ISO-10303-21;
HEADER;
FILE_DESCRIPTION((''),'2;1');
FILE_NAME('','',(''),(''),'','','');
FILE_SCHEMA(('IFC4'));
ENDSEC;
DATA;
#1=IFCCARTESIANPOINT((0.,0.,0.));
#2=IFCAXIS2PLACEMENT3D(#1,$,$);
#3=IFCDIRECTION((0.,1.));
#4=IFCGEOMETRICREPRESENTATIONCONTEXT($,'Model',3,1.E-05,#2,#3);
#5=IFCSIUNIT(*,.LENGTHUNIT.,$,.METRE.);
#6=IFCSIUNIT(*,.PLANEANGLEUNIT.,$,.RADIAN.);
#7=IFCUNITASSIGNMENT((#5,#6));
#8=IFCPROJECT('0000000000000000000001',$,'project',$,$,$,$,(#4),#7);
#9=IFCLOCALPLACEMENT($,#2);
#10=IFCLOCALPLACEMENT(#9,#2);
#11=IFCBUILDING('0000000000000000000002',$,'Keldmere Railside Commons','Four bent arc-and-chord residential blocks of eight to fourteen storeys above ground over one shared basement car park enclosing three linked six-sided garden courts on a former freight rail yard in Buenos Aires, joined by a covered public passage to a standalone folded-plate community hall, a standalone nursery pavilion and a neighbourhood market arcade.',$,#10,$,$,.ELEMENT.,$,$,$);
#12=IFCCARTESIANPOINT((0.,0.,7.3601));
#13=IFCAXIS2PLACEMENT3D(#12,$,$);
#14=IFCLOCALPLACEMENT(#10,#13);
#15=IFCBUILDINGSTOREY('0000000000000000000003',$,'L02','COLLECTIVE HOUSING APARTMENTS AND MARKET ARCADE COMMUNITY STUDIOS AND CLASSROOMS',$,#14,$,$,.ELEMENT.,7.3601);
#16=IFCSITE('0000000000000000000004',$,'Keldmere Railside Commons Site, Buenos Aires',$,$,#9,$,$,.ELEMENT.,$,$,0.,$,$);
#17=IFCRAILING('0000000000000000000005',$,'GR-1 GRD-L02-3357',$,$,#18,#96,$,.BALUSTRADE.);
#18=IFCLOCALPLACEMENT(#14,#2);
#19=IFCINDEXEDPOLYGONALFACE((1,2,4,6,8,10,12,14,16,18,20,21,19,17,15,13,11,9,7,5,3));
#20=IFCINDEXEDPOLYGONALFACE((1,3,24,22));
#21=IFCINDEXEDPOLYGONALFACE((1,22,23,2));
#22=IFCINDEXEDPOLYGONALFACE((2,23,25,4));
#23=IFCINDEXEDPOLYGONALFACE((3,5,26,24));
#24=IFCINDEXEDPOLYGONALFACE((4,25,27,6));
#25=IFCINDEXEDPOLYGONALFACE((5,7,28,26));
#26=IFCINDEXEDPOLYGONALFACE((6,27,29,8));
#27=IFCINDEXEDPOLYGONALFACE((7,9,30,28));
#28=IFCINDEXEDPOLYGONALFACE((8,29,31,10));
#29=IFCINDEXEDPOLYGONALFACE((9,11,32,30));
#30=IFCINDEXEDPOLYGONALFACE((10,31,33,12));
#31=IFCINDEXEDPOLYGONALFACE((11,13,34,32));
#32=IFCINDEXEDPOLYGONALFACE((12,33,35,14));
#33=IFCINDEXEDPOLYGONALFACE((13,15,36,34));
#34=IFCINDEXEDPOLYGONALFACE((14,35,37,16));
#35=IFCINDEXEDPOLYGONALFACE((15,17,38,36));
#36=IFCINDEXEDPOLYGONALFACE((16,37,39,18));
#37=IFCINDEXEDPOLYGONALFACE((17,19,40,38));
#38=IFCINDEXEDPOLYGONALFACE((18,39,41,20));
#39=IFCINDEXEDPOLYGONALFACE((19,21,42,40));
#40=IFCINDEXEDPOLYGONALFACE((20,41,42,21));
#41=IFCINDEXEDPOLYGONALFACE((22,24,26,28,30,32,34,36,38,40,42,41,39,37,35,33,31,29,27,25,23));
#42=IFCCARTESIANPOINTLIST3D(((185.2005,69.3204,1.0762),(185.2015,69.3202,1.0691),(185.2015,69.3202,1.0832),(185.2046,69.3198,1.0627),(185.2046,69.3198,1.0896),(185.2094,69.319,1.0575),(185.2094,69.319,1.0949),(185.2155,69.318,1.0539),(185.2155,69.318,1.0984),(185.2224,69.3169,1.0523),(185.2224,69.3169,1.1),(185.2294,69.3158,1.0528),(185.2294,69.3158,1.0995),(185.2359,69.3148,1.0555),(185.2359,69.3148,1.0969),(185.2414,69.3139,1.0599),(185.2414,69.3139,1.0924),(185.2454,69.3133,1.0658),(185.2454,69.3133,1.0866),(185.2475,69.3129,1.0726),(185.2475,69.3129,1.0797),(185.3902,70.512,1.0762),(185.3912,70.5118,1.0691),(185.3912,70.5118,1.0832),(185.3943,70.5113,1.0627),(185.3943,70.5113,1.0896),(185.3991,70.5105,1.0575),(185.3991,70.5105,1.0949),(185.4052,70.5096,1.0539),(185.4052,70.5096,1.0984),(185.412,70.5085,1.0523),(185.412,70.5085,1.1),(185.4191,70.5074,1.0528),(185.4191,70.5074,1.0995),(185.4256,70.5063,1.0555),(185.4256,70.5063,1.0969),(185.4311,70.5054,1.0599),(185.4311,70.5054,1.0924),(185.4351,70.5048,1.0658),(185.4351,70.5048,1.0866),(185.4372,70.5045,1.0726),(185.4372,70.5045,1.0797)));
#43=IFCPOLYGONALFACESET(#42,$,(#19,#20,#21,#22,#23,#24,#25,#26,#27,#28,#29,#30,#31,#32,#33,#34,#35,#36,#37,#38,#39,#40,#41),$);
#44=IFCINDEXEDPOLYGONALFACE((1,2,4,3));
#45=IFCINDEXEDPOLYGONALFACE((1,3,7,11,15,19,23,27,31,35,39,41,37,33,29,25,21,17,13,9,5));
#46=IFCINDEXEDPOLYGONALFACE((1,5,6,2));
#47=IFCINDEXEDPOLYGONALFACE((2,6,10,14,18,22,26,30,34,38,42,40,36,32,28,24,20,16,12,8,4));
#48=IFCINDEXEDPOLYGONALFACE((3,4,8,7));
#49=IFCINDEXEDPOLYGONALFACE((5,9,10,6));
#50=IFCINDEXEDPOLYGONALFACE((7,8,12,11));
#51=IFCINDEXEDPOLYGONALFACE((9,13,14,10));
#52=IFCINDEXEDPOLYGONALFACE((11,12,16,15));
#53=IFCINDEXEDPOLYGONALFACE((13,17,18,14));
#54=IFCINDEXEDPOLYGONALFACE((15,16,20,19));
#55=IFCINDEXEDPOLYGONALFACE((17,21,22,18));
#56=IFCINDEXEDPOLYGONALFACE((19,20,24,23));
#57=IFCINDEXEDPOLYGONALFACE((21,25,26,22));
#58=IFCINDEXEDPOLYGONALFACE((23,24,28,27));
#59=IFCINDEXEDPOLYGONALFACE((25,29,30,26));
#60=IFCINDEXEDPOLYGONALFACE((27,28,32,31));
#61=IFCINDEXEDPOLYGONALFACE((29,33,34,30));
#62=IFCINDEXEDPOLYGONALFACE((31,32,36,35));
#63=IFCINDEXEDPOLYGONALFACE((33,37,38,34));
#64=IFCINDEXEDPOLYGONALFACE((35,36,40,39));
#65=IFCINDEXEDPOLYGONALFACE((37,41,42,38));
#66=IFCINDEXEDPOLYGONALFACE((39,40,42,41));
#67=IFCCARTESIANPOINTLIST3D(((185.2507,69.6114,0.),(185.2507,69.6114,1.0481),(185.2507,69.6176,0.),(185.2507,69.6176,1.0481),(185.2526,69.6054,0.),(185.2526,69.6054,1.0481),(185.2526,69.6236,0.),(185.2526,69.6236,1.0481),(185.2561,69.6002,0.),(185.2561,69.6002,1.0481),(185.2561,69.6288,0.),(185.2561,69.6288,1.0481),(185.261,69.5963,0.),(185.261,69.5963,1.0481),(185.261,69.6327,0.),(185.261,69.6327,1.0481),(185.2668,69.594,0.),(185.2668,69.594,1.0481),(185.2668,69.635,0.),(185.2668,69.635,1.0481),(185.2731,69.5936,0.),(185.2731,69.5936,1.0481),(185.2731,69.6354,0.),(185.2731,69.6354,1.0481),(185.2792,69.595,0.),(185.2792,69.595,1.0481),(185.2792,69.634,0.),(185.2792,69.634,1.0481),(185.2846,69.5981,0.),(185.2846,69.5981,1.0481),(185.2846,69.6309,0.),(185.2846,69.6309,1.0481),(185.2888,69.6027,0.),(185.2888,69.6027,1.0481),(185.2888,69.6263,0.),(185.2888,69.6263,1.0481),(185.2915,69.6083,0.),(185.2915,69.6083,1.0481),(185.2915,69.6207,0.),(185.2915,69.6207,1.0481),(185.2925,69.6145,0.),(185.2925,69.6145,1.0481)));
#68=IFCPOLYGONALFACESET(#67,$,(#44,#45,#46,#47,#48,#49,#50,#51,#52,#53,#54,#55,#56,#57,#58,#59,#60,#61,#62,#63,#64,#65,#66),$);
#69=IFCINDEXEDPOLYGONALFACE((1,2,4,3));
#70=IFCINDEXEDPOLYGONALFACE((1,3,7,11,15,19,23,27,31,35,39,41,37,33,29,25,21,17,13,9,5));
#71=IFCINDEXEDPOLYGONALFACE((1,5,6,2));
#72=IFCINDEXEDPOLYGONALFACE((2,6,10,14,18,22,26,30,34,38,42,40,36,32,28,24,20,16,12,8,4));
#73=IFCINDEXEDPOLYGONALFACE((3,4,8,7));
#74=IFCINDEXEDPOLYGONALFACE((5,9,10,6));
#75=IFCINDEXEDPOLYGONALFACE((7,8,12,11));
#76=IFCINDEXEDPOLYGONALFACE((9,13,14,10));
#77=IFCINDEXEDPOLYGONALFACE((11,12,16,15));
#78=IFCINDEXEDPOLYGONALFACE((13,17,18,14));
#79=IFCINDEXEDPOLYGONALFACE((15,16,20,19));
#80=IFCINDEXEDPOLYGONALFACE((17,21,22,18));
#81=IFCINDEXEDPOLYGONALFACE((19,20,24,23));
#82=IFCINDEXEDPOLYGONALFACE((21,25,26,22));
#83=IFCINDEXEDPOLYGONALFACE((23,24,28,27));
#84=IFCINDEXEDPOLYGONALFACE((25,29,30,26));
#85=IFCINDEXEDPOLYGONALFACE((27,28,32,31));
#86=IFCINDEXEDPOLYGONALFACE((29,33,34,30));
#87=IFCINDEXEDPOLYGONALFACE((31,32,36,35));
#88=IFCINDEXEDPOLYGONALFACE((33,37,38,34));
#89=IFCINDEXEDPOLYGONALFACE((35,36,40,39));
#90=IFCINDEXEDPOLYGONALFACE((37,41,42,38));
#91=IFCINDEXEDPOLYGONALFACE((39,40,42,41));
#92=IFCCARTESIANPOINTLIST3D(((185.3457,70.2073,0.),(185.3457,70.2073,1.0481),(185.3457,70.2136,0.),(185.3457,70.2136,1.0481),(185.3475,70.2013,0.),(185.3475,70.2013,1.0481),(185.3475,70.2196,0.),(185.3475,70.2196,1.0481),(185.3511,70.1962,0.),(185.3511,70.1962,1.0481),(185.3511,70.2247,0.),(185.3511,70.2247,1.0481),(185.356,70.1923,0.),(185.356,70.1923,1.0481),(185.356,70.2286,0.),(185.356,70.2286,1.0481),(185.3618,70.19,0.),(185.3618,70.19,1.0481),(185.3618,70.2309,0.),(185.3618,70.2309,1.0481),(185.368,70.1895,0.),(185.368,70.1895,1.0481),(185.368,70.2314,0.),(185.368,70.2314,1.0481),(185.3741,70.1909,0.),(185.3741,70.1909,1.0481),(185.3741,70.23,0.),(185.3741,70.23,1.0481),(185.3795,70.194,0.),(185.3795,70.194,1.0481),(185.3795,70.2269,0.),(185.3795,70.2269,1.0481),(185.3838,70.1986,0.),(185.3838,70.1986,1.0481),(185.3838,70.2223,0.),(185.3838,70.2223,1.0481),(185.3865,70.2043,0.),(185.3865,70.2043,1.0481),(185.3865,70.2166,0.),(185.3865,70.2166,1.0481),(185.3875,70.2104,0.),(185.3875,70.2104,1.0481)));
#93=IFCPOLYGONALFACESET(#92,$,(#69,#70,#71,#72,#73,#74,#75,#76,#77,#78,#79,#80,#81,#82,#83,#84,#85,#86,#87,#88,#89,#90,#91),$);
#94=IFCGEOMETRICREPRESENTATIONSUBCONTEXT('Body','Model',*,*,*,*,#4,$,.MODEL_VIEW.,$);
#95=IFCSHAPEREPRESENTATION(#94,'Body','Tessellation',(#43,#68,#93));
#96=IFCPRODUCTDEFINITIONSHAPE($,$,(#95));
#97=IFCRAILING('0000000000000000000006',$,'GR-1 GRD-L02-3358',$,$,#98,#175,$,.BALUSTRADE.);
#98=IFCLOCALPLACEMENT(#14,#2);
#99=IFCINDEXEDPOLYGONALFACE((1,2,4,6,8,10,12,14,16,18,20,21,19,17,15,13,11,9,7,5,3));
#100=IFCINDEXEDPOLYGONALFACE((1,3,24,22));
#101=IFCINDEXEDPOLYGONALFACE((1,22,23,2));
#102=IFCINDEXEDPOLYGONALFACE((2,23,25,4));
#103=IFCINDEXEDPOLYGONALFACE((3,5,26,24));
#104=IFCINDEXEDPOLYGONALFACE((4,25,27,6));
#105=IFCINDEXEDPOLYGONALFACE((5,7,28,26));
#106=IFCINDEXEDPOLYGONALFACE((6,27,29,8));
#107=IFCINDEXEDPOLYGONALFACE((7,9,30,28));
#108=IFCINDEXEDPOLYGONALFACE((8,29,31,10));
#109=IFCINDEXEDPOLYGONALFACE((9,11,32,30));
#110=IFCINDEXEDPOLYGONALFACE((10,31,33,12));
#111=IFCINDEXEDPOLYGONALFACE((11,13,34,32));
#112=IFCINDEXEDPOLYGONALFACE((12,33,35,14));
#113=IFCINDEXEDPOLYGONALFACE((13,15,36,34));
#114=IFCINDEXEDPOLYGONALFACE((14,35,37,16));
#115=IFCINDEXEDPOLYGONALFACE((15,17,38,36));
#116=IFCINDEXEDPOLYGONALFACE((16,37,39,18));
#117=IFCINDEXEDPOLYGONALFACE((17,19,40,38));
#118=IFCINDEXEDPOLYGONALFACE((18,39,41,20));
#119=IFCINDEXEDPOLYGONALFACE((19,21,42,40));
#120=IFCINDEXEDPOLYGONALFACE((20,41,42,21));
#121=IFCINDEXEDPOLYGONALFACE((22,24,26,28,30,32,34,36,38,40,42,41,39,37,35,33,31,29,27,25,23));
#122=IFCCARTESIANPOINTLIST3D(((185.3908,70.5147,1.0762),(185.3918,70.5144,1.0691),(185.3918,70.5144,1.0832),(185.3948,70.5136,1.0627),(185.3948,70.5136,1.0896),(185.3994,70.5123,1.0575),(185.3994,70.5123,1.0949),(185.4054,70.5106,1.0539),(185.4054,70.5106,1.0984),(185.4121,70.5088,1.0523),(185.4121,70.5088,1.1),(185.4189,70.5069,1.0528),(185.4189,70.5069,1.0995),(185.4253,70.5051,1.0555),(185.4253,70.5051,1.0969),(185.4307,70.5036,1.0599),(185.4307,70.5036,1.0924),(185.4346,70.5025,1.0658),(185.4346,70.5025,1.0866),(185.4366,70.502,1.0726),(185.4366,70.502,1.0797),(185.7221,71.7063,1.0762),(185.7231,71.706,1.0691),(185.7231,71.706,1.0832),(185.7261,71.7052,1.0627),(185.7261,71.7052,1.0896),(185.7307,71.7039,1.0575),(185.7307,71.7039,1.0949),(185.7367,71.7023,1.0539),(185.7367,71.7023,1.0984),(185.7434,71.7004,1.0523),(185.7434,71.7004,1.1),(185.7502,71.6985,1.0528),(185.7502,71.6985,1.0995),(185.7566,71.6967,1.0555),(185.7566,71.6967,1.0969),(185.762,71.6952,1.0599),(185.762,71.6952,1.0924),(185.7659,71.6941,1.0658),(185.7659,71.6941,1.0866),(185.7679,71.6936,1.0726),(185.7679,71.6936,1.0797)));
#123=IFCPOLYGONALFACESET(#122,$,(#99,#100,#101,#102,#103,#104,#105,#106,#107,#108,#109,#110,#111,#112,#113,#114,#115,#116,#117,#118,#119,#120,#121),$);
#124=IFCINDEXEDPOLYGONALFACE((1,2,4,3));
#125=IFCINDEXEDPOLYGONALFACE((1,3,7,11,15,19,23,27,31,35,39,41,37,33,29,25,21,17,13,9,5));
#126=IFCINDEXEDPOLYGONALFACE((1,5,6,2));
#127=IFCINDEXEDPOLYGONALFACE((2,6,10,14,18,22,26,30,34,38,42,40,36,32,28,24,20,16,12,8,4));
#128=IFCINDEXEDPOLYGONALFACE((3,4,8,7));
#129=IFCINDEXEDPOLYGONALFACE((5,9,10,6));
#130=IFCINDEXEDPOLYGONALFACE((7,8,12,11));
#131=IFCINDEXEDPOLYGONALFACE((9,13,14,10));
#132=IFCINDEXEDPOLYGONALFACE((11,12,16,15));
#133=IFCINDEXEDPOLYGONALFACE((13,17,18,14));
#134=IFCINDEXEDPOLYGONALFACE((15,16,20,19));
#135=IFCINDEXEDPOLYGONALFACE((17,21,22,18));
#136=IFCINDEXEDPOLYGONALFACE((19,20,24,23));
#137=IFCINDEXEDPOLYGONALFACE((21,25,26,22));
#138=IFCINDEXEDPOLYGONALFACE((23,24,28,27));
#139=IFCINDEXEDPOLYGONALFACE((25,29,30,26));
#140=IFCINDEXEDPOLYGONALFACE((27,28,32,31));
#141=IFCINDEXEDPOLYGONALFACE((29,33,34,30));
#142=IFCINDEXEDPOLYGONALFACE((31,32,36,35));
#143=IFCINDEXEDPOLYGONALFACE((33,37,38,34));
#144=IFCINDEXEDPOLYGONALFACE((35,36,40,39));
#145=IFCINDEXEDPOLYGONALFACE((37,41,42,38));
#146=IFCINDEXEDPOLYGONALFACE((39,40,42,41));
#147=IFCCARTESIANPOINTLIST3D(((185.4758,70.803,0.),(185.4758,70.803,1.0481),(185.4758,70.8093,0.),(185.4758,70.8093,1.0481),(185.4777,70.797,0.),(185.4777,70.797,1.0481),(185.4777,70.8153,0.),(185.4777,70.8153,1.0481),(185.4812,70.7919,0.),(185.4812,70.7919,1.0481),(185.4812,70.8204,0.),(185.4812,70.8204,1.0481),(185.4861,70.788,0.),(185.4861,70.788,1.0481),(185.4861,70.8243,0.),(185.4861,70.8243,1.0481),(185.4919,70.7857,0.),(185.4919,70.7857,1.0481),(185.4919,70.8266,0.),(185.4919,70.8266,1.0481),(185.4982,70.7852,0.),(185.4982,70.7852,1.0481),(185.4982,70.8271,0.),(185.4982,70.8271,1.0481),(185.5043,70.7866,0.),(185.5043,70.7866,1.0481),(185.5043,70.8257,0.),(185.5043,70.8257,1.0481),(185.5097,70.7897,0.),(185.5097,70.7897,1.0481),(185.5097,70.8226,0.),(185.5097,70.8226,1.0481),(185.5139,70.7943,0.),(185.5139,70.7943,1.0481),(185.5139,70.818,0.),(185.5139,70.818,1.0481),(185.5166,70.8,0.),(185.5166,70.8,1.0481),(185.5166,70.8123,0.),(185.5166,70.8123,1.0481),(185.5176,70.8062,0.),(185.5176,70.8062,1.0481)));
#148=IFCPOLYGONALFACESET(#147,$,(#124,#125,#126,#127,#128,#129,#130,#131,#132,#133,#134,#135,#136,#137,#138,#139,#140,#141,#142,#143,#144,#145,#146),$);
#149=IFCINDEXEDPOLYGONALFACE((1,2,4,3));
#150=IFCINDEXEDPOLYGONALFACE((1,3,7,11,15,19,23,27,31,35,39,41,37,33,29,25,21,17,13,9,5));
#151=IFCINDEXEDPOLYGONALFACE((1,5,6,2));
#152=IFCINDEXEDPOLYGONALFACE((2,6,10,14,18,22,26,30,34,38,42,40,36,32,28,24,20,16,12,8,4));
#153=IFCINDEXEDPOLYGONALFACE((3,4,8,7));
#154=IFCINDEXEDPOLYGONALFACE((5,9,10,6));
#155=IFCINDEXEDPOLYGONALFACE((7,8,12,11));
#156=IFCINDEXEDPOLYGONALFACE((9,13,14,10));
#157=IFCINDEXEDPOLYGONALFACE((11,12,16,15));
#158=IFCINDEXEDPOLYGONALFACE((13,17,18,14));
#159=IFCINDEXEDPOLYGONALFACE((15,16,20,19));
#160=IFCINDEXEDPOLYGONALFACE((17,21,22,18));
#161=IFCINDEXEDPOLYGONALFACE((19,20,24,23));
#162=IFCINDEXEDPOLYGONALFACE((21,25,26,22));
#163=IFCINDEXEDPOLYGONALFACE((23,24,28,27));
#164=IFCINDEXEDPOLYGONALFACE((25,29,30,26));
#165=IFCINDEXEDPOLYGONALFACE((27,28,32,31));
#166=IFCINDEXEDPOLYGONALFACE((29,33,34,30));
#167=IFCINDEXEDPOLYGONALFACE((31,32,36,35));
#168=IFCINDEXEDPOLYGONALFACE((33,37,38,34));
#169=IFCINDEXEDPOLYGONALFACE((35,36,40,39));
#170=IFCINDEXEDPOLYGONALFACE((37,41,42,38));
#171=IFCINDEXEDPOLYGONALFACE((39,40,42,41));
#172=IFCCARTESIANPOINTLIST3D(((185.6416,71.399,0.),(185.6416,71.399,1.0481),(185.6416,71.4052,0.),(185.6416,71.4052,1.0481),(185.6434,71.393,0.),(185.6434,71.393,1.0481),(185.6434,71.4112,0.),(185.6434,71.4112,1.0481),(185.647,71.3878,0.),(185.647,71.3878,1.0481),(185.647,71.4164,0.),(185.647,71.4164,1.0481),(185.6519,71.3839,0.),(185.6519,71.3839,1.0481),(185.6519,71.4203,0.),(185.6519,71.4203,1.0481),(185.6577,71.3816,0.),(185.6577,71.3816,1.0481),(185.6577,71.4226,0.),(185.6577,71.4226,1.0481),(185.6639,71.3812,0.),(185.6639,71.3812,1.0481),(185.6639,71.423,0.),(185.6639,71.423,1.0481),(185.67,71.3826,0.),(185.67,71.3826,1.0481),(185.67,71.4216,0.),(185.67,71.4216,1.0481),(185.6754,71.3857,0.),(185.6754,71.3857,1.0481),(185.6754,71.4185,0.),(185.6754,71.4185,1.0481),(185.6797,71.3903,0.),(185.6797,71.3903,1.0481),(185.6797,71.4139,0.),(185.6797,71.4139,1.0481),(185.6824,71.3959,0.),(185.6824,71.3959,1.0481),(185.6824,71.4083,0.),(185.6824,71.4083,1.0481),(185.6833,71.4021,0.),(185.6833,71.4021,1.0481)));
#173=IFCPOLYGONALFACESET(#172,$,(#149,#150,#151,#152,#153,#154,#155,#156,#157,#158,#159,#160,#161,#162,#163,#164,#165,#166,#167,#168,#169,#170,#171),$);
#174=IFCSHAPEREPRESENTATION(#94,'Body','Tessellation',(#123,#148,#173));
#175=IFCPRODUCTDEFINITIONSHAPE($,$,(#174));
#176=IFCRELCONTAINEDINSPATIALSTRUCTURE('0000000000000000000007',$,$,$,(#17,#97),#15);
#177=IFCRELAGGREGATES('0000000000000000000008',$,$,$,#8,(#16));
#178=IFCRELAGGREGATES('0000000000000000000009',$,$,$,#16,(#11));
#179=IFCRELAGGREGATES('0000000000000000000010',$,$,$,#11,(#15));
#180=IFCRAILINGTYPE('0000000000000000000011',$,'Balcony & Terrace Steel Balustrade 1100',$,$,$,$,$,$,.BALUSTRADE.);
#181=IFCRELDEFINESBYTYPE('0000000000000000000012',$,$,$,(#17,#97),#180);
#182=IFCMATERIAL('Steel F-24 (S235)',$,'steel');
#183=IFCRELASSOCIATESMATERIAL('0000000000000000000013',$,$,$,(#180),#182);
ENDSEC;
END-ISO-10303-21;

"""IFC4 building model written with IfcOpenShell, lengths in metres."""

from ifc_helpers import new_model, si_unit, direction, frame, origin, origin_2d, place, context, subcontext, project, spatial, circle, extrude, material, type_object, element, save


model = new_model("IFC4")

# Units and contexts
model_context = context("Model", 3, precision=1e-05, world=origin(), true_north=direction((0.0, 1.0)))
body_context = subcontext(model_context, "Body", "Model", "MODEL_VIEW")
ifc_project = project(units=[si_unit("LENGTHUNIT", "METRE"), si_unit("PLANEANGLEUNIT", "RADIAN")], contexts=[model_context])

# Site, building, storey
site_placement = place(None, origin())
site = spatial("IfcSite", under=ifc_project, at=site_placement, Name="Keldmere Railside Commons Site, Buenos Aires", CompositionType="ELEMENT", RefElevation=0.0)
building_placement = place(site_placement, origin())
building = spatial("IfcBuilding", under=site, at=building_placement, Name="Keldmere Railside Commons", Description="Four bent arc-and-chord residential blocks of eight to fourteen storeys above ground over one shared basement car park enclosing three linked six-sided garden courts on a former freight rail yard in Buenos Aires, joined by a covered public passage to a standalone folded-plate community hall, a standalone nursery pavilion and a neighbourhood market arcade.", CompositionType="ELEMENT")
storey_placement = place(building_placement, frame((0.0, 0.0, 7.3601)))
storey = spatial("IfcBuildingStorey", under=building, at=storey_placement, Name="L02", Description="COLLECTIVE HOUSING APARTMENTS AND MARKET ARCADE COMMUNITY STUDIOS AND CLASSROOMS", CompositionType="ELEMENT", Elevation=7.3601)

# Shared definitions
ifc_material_1 = material(Name="Steel F-24 (S235)", Category="steel")

# Railings
railing_type_1 = type_object("IfcRailingType", Name="Balcony & Terrace Steel Balustrade 1100", PredefinedType="BALUSTRADE", material=ifc_material_1)
railing_1_placement = place(storey_placement, frame((185.2241, 69.3167, 0.0)))
element("IfcRailing", 1, at=railing_1_placement, inside=storey, type_object=railing_type_1, Name="GR-1 GRD-L02-3357", PredefinedType="BALUSTRADE", context=body_context, shape_type="SweptSolid", body=[
    extrude(circle(Radius=0.0239, at=origin_2d()), frame((0.0, 0.0, 1.0762), z_axis=(0.157209, 0.987565, 0.0), x_axis=(-0.987565, 0.157209, 0.0)), (0.0, 0.0, 1.0), 1.2065),
    extrude(circle(Radius=0.021, at=origin_2d()), frame((0.0474, 0.2979, 0.0)), (0.0, 0.0, 1.0), 1.0481),
    extrude(circle(Radius=0.021, at=origin_2d()), frame((0.1423, 0.8938, 0.0)), (0.0, 0.0, 1.0), 1.0481),
])
railing_2_placement = place(storey_placement, frame((185.4138, 70.5083, 0.0)))
element("IfcRailing", 2, at=railing_2_placement, inside=storey, type_object=railing_type_1, Name="GR-1 GRD-L02-3358", PredefinedType="BALUSTRADE", context=body_context, shape_type="SweptSolid", body=[
    extrude(circle(Radius=0.0239, at=origin_2d()), frame((0.0, 0.0, 1.0762), z_axis=(0.267858, 0.963458, 0.0), x_axis=(-0.963458, 0.267858, 0.0)), (0.0, 0.0, 1.0), 1.2368),
    extrude(circle(Radius=0.021, at=origin_2d()), frame((0.0828, 0.2979, 0.0)), (0.0, 0.0, 1.0), 1.0481),
    extrude(circle(Radius=0.021, at=origin_2d()), frame((0.2485, 0.8938, 0.0)), (0.0, 0.0, 1.0), 1.0481),
])

save(model, "model.ifc")
